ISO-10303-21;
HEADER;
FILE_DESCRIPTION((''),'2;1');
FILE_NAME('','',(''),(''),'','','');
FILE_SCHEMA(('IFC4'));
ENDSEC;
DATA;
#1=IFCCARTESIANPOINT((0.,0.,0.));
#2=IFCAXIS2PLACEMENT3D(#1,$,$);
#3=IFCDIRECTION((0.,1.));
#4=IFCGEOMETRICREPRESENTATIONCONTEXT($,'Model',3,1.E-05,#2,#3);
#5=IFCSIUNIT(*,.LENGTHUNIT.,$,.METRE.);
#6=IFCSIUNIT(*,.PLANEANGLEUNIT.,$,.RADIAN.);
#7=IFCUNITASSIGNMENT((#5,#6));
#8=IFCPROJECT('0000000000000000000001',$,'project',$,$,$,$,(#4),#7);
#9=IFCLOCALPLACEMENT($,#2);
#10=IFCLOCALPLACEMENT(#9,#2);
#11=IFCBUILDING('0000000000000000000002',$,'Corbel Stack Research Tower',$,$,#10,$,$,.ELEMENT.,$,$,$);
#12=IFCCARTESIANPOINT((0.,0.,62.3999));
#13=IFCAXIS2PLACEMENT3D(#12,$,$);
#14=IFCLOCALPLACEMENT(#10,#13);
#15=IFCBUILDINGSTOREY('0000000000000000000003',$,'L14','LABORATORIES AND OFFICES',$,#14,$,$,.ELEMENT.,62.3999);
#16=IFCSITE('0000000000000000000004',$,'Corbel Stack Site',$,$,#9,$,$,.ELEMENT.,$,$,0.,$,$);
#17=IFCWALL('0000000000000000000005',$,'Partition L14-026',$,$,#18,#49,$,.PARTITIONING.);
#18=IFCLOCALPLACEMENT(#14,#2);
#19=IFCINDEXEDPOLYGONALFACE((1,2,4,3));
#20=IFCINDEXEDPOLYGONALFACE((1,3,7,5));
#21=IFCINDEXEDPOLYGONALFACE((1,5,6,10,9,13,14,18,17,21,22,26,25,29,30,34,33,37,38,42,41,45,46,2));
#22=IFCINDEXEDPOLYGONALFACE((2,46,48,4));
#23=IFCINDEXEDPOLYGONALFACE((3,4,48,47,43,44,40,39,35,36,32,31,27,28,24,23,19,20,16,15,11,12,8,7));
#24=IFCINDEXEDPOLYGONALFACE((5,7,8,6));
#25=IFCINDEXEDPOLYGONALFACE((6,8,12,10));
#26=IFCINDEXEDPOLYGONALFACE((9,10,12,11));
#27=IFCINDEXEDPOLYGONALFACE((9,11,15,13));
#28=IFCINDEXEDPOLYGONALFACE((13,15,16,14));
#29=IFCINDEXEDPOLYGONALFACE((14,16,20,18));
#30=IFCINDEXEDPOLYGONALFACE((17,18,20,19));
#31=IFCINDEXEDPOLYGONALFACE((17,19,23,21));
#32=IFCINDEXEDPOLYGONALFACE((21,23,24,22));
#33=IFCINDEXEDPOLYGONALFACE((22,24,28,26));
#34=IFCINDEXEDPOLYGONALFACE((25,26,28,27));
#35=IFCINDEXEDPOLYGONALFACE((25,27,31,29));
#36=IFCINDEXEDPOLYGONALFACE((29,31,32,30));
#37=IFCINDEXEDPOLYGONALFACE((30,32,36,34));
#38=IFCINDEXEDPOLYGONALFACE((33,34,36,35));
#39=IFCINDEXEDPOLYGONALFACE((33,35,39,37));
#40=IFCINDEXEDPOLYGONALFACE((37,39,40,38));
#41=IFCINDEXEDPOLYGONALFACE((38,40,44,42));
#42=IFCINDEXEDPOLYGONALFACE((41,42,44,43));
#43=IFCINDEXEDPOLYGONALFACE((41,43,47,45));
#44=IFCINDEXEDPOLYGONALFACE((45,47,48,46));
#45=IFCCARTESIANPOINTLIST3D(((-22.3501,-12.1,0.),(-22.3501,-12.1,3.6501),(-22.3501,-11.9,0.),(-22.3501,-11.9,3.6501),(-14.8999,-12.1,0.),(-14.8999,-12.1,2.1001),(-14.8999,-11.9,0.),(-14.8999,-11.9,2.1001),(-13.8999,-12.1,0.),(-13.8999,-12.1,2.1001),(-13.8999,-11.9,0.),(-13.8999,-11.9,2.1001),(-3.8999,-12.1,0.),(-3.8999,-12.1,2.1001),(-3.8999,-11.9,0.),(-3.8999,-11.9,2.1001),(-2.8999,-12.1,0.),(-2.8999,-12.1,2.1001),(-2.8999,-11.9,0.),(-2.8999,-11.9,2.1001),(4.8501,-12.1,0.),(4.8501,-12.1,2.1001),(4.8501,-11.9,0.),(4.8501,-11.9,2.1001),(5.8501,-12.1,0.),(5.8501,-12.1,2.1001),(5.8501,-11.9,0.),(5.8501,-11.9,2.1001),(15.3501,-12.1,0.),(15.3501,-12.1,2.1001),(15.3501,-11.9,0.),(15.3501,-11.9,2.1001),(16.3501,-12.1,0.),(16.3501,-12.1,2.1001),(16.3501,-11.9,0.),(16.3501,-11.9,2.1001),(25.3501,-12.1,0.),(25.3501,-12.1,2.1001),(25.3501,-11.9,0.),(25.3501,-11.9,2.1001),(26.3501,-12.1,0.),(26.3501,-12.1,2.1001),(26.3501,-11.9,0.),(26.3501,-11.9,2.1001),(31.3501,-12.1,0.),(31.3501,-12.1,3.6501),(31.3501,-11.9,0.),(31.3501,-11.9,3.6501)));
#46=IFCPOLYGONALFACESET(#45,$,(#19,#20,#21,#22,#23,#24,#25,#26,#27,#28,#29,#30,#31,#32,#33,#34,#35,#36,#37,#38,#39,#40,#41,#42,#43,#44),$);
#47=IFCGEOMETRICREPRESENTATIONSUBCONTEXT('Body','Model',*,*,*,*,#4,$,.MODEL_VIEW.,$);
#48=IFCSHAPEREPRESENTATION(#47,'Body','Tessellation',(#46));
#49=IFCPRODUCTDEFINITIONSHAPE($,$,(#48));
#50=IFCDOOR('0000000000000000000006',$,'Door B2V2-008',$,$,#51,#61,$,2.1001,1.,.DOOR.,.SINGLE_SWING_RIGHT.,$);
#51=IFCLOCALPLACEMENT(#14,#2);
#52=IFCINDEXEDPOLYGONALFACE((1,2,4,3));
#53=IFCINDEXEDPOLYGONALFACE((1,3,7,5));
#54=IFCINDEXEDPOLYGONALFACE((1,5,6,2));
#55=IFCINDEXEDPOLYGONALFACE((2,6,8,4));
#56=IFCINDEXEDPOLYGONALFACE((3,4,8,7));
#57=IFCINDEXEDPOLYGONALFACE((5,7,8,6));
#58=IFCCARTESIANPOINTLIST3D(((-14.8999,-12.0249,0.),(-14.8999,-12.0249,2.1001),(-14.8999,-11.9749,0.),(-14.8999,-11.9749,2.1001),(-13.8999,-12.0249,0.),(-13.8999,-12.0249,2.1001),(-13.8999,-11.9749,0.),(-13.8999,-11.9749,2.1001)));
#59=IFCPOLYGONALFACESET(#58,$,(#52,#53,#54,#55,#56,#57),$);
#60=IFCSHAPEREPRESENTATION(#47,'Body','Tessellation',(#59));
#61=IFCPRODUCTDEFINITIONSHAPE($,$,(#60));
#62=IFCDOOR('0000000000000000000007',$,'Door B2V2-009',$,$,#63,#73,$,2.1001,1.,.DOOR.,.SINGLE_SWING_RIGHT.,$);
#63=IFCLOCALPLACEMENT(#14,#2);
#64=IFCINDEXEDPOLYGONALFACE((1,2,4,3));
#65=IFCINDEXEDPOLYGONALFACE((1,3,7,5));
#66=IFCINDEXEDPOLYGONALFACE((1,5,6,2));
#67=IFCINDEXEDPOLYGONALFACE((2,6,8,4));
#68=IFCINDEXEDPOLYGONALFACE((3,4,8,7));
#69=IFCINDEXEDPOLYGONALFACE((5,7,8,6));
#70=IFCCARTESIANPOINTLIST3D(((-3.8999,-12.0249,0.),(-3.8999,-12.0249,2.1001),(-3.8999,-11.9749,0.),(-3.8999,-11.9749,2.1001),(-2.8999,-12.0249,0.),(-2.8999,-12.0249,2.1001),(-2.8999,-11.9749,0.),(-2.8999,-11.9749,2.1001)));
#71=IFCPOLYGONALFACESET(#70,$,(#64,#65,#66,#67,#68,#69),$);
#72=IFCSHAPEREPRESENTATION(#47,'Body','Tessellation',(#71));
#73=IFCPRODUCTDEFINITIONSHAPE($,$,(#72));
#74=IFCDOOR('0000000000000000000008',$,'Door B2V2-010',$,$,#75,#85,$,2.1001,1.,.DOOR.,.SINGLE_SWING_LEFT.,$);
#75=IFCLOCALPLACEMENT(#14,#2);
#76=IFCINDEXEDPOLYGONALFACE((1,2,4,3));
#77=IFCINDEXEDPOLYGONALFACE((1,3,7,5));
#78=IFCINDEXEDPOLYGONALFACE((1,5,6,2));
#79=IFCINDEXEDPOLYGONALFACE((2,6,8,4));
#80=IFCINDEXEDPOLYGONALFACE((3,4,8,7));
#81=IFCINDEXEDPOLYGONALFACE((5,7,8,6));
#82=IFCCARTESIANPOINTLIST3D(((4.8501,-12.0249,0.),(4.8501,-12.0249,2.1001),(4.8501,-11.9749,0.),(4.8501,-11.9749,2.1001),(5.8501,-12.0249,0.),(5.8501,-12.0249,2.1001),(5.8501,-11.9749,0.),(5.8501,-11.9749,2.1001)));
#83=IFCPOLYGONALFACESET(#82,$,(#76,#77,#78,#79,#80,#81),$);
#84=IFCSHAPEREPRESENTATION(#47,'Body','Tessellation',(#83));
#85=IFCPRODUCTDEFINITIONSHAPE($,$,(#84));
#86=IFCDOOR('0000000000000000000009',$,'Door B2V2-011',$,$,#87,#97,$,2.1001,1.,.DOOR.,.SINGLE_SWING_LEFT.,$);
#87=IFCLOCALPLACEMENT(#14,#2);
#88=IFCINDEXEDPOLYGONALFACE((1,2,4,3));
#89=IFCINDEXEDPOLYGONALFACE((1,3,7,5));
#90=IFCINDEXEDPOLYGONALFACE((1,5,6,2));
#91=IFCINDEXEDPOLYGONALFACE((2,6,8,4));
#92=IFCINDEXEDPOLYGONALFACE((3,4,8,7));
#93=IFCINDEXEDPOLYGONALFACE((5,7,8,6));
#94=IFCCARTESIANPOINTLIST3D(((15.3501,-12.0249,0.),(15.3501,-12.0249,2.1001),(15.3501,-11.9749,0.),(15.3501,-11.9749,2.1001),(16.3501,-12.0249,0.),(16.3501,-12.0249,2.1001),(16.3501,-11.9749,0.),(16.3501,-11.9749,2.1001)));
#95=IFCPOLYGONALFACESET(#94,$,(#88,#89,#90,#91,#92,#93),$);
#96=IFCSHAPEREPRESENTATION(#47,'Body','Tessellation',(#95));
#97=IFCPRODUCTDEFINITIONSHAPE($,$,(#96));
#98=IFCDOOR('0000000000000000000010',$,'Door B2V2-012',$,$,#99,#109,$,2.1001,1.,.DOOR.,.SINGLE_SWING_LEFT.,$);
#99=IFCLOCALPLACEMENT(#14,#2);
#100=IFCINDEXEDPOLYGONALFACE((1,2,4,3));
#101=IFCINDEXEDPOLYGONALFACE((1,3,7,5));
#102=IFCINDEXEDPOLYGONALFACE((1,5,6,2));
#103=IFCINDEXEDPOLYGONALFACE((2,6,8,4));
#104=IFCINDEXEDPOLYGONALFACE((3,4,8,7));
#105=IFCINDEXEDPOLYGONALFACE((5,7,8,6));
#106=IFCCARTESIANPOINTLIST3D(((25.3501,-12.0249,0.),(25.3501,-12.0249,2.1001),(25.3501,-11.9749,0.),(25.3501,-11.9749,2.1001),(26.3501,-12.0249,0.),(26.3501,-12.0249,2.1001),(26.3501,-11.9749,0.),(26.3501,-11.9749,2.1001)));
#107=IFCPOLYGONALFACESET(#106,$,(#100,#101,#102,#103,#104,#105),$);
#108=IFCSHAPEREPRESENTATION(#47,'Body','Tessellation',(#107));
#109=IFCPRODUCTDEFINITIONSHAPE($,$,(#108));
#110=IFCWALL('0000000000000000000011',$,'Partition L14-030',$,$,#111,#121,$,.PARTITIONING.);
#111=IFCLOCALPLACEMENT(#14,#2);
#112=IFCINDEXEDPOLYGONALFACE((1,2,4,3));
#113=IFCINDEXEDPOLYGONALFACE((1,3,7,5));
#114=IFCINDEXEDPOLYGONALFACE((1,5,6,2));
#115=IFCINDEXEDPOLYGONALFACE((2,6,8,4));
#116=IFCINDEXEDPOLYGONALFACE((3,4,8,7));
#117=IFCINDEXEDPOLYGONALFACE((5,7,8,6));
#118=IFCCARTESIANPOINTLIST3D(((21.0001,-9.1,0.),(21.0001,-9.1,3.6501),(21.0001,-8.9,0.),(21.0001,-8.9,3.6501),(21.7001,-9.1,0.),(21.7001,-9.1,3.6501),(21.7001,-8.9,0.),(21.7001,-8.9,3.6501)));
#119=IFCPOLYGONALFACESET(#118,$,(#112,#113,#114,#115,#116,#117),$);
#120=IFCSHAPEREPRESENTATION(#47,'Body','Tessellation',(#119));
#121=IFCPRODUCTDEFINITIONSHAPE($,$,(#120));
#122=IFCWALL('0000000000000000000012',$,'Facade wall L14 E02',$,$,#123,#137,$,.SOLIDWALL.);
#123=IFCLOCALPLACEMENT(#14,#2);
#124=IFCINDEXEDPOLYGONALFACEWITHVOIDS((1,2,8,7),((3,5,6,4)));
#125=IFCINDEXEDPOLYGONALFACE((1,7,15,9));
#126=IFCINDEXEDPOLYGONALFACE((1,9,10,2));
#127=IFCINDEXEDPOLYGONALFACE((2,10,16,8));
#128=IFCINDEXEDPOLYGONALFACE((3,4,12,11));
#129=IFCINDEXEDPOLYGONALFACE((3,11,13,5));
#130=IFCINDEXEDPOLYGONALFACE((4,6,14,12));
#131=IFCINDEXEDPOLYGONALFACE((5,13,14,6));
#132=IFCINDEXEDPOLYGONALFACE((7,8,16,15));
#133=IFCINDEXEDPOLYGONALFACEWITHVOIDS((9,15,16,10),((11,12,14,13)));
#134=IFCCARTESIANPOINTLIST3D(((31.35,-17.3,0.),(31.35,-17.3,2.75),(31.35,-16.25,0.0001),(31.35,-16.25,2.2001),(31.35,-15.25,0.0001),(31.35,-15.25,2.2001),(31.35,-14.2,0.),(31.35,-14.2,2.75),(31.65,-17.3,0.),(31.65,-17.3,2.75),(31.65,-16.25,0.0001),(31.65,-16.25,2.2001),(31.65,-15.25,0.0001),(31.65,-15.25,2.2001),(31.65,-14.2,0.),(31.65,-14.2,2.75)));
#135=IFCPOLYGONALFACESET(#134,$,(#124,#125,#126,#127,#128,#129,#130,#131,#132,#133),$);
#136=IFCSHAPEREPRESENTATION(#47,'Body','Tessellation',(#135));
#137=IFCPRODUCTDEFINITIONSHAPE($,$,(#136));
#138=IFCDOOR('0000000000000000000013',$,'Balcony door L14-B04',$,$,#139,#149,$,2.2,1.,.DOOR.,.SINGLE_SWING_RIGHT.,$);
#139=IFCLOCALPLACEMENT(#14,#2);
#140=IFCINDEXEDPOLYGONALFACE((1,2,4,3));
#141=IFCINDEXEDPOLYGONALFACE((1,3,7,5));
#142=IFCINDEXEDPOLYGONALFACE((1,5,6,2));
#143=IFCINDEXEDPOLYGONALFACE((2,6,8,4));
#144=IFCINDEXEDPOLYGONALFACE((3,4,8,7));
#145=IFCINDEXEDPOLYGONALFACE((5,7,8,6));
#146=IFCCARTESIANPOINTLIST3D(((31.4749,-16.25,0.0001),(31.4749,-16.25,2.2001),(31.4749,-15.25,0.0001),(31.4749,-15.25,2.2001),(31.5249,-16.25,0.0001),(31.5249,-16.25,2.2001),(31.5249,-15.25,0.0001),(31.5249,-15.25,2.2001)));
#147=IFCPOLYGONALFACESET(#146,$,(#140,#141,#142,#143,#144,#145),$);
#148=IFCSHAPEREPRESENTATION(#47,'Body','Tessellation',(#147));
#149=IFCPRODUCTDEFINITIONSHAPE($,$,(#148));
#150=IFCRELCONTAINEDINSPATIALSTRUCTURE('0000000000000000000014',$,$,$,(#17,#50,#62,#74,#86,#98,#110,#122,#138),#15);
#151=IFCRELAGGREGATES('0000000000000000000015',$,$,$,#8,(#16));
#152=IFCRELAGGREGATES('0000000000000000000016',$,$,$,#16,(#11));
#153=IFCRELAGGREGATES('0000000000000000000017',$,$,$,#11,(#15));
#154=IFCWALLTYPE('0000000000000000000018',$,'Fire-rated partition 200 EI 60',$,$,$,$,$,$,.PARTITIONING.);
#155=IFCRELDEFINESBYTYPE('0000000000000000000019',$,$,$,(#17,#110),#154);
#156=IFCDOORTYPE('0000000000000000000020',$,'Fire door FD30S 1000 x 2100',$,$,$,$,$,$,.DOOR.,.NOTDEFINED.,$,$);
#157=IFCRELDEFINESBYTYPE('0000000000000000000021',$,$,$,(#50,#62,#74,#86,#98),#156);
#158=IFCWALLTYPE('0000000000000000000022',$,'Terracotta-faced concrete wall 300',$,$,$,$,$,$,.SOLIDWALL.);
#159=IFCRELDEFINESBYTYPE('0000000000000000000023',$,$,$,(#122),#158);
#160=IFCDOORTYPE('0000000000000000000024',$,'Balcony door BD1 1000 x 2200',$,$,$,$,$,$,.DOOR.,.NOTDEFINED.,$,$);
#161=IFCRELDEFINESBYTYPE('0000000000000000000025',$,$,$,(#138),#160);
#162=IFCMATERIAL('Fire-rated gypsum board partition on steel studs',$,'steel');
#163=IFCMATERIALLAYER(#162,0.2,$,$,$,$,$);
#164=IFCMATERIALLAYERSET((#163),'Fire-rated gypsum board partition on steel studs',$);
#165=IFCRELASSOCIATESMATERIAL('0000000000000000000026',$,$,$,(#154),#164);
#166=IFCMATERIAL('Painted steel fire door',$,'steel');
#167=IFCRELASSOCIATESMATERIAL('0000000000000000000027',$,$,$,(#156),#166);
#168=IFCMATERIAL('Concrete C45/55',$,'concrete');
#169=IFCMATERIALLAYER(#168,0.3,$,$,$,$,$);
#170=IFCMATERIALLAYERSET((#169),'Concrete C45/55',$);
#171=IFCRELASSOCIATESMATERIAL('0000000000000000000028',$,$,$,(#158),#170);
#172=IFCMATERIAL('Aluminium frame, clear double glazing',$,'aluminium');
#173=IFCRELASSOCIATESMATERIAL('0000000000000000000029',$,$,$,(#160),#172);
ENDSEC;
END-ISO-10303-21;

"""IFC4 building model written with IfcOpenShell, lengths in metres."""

from ifc_helpers import new_model, si_unit, direction, frame, frame_2d, origin, place, context, subcontext, project, spatial, rectangle, extrude, material, layer, layer_set, type_object, element, fill, save


model = new_model("IFC4")

# Units and contexts
model_context = context("Model", 3, precision=1e-05, world=origin(), true_north=direction((0.0, 1.0)))
body_context = subcontext(model_context, "Body", "Model", "MODEL_VIEW")
ifc_project = project(units=[si_unit("LENGTHUNIT", "METRE"), si_unit("PLANEANGLEUNIT", "RADIAN")], contexts=[model_context])

# Site, building, storey
site_placement = place(None, origin())
site = spatial("IfcSite", under=ifc_project, at=site_placement, Name="Corbel Stack Site", CompositionType="ELEMENT", RefElevation=0.0)
building_placement = place(site_placement, origin())
building = spatial("IfcBuilding", under=site, at=building_placement, Name="Corbel Stack Research Tower", CompositionType="ELEMENT")
storey_placement = place(building_placement, frame((0.0, 0.0, 62.3999)))
storey = spatial("IfcBuildingStorey", under=building, at=storey_placement, Name="L14", Description="LABORATORIES AND OFFICES", CompositionType="ELEMENT", Elevation=62.3999)

# Shared definitions
ifc_material_1 = material(Name="Fire-rated gypsum board partition on steel studs", Category="steel")
ifc_layer_1 = layer(ifc_material_1, 0.2)
ifc_layer_set_1 = layer_set([ifc_layer_1], Name="Fire-rated gypsum board partition on steel studs")
wall_type_1 = type_object("IfcWallType", Name="Fire-rated partition 200 EI 60", PredefinedType="PARTITIONING", material=ifc_layer_set_1)

# Wall, openings, doors
wall_1_placement = place(storey_placement, frame((31.3501, -12.0, 0.0), z_axis=(0.0, 0.0, 1.0), x_axis=(-1.0, 0.0, 0.0)))
wall_1 = element("IfcWall", 1, at=wall_1_placement, inside=storey, type_object=wall_type_1, Name="Partition L14-026", PredefinedType="PARTITIONING", context=body_context, shape_type="SweptSolid", body=[
    extrude(rectangle(XDim=53.7002, YDim=0.2, at=frame_2d((26.8501, 0.0))), origin(), (0.0, 0.0, 1.0), 3.6501),
])
opening_1_placement = place(wall_1_placement, frame((45.25, 0.0, 0.0)))
opening_1 = element("IfcOpeningElement", 2, at=opening_1_placement, cuts=wall_1, PredefinedType="OPENING", context=body_context, shape_type="SweptSolid", body=[
    extrude(rectangle(XDim=1.0, YDim=2.1001, at=frame_2d((0.5, 1.05))), frame((0.0, 0.1099, 0.0), z_axis=(0.0, -1.0, 0.0), x_axis=(1.0, 0.0, 0.0)), (0.0, 0.0, 1.0), 0.22),
])
opening_2_placement = place(wall_1_placement, frame((34.25, 0.0, 0.0)))
opening_2 = element("IfcOpeningElement", 3, at=opening_2_placement, cuts=wall_1, PredefinedType="OPENING", context=body_context, shape_type="SweptSolid", body=[
    extrude(rectangle(XDim=1.0, YDim=2.1001, at=frame_2d((0.5, 1.05))), frame((0.0, 0.1099, 0.0), z_axis=(0.0, -1.0, 0.0), x_axis=(1.0, 0.0, 0.0)), (0.0, 0.0, 1.0), 0.22),
])
opening_3_placement = place(wall_1_placement, frame((25.5, 0.0, 0.0)))
opening_3 = element("IfcOpeningElement", 4, at=opening_3_placement, cuts=wall_1, PredefinedType="OPENING", context=body_context, shape_type="SweptSolid", body=[
    extrude(rectangle(XDim=1.0, YDim=2.1001, at=frame_2d((0.5, 1.05))), frame((0.0, 0.1099, 0.0), z_axis=(0.0, -1.0, 0.0), x_axis=(1.0, 0.0, 0.0)), (0.0, 0.0, 1.0), 0.22),
])
opening_4_placement = place(wall_1_placement, frame((15.0, 0.0, 0.0)))
opening_4 = element("IfcOpeningElement", 5, at=opening_4_placement, cuts=wall_1, PredefinedType="OPENING", context=body_context, shape_type="SweptSolid", body=[
    extrude(rectangle(XDim=1.0, YDim=2.1001, at=frame_2d((0.5, 1.05))), frame((0.0, 0.1099, 0.0), z_axis=(0.0, -1.0, 0.0), x_axis=(1.0, 0.0, 0.0)), (0.0, 0.0, 1.0), 0.22),
])
opening_5_placement = place(wall_1_placement, frame((5.0, 0.0, 0.0)))
opening_5 = element("IfcOpeningElement", 6, at=opening_5_placement, cuts=wall_1, PredefinedType="OPENING", context=body_context, shape_type="SweptSolid", body=[
    extrude(rectangle(XDim=1.0, YDim=2.1001, at=frame_2d((0.5, 1.05))), frame((0.0, 0.1099, 0.0), z_axis=(0.0, -1.0, 0.0), x_axis=(1.0, 0.0, 0.0)), (0.0, 0.0, 1.0), 0.22),
])
ifc_material_2 = material(Name="Painted steel fire door", Category="steel")
door_type_1 = type_object("IfcDoorType", Name="Fire door FD30S 1000 x 2100", OperationType="NOTDEFINED", PredefinedType="DOOR", material=ifc_material_2)
door_1_placement = place(opening_1_placement, origin())
door_1 = element("IfcDoor", 7, at=door_1_placement, inside=storey, type_object=door_type_1, Name="Door B2V2-008", OperationType="SINGLE_SWING_RIGHT", OverallHeight=2.1001, OverallWidth=1.0, PredefinedType="DOOR", context=body_context, shape_type="SweptSolid", body=[
    extrude(rectangle(XDim=1.0, YDim=2.1001, at=frame_2d((0.5, 1.05))), frame((0.0, 0.0249, 0.0), z_axis=(0.0, -1.0, 0.0), x_axis=(1.0, 0.0, 0.0)), (0.0, 0.0, 1.0), 0.05),
])
fill(opening_1, door_1)
door_2_placement = place(opening_2_placement, origin())
door_2 = element("IfcDoor", 8, at=door_2_placement, inside=storey, type_object=door_type_1, Name="Door B2V2-009", OperationType="SINGLE_SWING_RIGHT", OverallHeight=2.1001, OverallWidth=1.0, PredefinedType="DOOR", context=body_context, shape_type="SweptSolid", body=[
    extrude(rectangle(XDim=1.0, YDim=2.1001, at=frame_2d((0.5, 1.05))), frame((0.0, 0.0249, 0.0), z_axis=(0.0, -1.0, 0.0), x_axis=(1.0, 0.0, 0.0)), (0.0, 0.0, 1.0), 0.05),
])
fill(opening_2, door_2)
door_3_placement = place(opening_3_placement, origin())
door_3 = element("IfcDoor", 9, at=door_3_placement, inside=storey, type_object=door_type_1, Name="Door B2V2-010", OperationType="SINGLE_SWING_LEFT", OverallHeight=2.1001, OverallWidth=1.0, PredefinedType="DOOR", context=body_context, shape_type="SweptSolid", body=[
    extrude(rectangle(XDim=1.0, YDim=2.1001, at=frame_2d((0.5, 1.05))), frame((0.0, 0.0249, 0.0), z_axis=(0.0, -1.0, 0.0), x_axis=(1.0, 0.0, 0.0)), (0.0, 0.0, 1.0), 0.05),
])
fill(opening_3, door_3)
door_4_placement = place(opening_4_placement, origin())
door_4 = element("IfcDoor", 10, at=door_4_placement, inside=storey, type_object=door_type_1, Name="Door B2V2-011", OperationType="SINGLE_SWING_LEFT", OverallHeight=2.1001, OverallWidth=1.0, PredefinedType="DOOR", context=body_context, shape_type="SweptSolid", body=[
    extrude(rectangle(XDim=1.0, YDim=2.1001, at=frame_2d((0.5, 1.05))), frame((0.0, 0.0249, 0.0), z_axis=(0.0, -1.0, 0.0), x_axis=(1.0, 0.0, 0.0)), (0.0, 0.0, 1.0), 0.05),
])
fill(opening_4, door_4)
door_5_placement = place(opening_5_placement, origin())
door_5 = element("IfcDoor", 11, at=door_5_placement, inside=storey, type_object=door_type_1, Name="Door B2V2-012", OperationType="SINGLE_SWING_LEFT", OverallHeight=2.1001, OverallWidth=1.0, PredefinedType="DOOR", context=body_context, shape_type="SweptSolid", body=[
    extrude(rectangle(XDim=1.0, YDim=2.1001, at=frame_2d((0.5, 1.05))), frame((0.0, 0.0249, 0.0), z_axis=(0.0, -1.0, 0.0), x_axis=(1.0, 0.0, 0.0)), (0.0, 0.0, 1.0), 0.05),
])
fill(opening_5, door_5)

# Wall
wall_2_placement = place(storey_placement, frame((21.0, -9.0, 0.0), z_axis=(0.0, 0.0, 1.0), x_axis=(1.0, 0.0, 0.0)))
element("IfcWall", 12, at=wall_2_placement, inside=storey, type_object=wall_type_1, Name="Partition L14-030", PredefinedType="PARTITIONING", context=body_context, shape_type="SweptSolid", body=[
    extrude(rectangle(XDim=0.7, YDim=0.2, at=frame_2d((0.3501, 0.0))), origin(), (0.0, 0.0, 1.0), 3.6501),
])

# Wall, opening, door
ifc_material_3 = material(Name="Concrete C45/55", Category="concrete")
ifc_layer_2 = layer(ifc_material_3, 0.3)
ifc_layer_set_2 = layer_set([ifc_layer_2], Name="Concrete C45/55")
wall_type_2 = type_object("IfcWallType", Name="Terracotta-faced concrete wall 300", PredefinedType="SOLIDWALL", material=ifc_layer_set_2)
wall_3_placement = place(storey_placement, frame((31.5, -14.2, 0.0), z_axis=(0.0, 0.0, 1.0), x_axis=(0.0, -1.0, 0.0)))
wall_3 = element("IfcWall", 13, at=wall_3_placement, inside=storey, type_object=wall_type_2, Name="Facade wall L14 E02", PredefinedType="SOLIDWALL", context=body_context, shape_type="SweptSolid", body=[
    extrude(rectangle(XDim=3.1001, YDim=0.3, at=frame_2d((1.55, 0.0))), origin(), (0.0, 0.0, 1.0), 2.75),
])
opening_6_placement = place(wall_3_placement, frame((1.05, 0.0, 0.0)))
opening_6 = element("IfcOpeningElement", 14, at=opening_6_placement, cuts=wall_3, PredefinedType="OPENING", context=body_context, shape_type="SweptSolid", body=[
    extrude(rectangle(XDim=1.0, YDim=2.2, at=frame_2d((0.5, 1.1001))), frame((0.0, 0.1599, 0.0), z_axis=(0.0, -1.0, 0.0), x_axis=(1.0, 0.0, 0.0)), (0.0, 0.0, 1.0), 0.3201),
])
ifc_material_4 = material(Name="Aluminium frame, clear double glazing", Category="aluminium")
door_type_2 = type_object("IfcDoorType", Name="Balcony door BD1 1000 x 2200", OperationType="NOTDEFINED", PredefinedType="DOOR", material=ifc_material_4)
door_6_placement = place(opening_6_placement, origin())
door_6 = element("IfcDoor", 15, at=door_6_placement, inside=storey, type_object=door_type_2, Name="Balcony door L14-B04", OperationType="SINGLE_SWING_RIGHT", OverallHeight=2.2, OverallWidth=1.0, PredefinedType="DOOR", context=body_context, shape_type="SweptSolid", body=[
    extrude(rectangle(XDim=1.0, YDim=2.2, at=frame_2d((0.5, 1.1001))), frame((0.0, 0.0249, 0.0), z_axis=(0.0, -1.0, 0.0), x_axis=(1.0, 0.0, 0.0)), (0.0, 0.0, 1.0), 0.05),
])
fill(opening_6, door_6)

save(model, "model.ifc")
